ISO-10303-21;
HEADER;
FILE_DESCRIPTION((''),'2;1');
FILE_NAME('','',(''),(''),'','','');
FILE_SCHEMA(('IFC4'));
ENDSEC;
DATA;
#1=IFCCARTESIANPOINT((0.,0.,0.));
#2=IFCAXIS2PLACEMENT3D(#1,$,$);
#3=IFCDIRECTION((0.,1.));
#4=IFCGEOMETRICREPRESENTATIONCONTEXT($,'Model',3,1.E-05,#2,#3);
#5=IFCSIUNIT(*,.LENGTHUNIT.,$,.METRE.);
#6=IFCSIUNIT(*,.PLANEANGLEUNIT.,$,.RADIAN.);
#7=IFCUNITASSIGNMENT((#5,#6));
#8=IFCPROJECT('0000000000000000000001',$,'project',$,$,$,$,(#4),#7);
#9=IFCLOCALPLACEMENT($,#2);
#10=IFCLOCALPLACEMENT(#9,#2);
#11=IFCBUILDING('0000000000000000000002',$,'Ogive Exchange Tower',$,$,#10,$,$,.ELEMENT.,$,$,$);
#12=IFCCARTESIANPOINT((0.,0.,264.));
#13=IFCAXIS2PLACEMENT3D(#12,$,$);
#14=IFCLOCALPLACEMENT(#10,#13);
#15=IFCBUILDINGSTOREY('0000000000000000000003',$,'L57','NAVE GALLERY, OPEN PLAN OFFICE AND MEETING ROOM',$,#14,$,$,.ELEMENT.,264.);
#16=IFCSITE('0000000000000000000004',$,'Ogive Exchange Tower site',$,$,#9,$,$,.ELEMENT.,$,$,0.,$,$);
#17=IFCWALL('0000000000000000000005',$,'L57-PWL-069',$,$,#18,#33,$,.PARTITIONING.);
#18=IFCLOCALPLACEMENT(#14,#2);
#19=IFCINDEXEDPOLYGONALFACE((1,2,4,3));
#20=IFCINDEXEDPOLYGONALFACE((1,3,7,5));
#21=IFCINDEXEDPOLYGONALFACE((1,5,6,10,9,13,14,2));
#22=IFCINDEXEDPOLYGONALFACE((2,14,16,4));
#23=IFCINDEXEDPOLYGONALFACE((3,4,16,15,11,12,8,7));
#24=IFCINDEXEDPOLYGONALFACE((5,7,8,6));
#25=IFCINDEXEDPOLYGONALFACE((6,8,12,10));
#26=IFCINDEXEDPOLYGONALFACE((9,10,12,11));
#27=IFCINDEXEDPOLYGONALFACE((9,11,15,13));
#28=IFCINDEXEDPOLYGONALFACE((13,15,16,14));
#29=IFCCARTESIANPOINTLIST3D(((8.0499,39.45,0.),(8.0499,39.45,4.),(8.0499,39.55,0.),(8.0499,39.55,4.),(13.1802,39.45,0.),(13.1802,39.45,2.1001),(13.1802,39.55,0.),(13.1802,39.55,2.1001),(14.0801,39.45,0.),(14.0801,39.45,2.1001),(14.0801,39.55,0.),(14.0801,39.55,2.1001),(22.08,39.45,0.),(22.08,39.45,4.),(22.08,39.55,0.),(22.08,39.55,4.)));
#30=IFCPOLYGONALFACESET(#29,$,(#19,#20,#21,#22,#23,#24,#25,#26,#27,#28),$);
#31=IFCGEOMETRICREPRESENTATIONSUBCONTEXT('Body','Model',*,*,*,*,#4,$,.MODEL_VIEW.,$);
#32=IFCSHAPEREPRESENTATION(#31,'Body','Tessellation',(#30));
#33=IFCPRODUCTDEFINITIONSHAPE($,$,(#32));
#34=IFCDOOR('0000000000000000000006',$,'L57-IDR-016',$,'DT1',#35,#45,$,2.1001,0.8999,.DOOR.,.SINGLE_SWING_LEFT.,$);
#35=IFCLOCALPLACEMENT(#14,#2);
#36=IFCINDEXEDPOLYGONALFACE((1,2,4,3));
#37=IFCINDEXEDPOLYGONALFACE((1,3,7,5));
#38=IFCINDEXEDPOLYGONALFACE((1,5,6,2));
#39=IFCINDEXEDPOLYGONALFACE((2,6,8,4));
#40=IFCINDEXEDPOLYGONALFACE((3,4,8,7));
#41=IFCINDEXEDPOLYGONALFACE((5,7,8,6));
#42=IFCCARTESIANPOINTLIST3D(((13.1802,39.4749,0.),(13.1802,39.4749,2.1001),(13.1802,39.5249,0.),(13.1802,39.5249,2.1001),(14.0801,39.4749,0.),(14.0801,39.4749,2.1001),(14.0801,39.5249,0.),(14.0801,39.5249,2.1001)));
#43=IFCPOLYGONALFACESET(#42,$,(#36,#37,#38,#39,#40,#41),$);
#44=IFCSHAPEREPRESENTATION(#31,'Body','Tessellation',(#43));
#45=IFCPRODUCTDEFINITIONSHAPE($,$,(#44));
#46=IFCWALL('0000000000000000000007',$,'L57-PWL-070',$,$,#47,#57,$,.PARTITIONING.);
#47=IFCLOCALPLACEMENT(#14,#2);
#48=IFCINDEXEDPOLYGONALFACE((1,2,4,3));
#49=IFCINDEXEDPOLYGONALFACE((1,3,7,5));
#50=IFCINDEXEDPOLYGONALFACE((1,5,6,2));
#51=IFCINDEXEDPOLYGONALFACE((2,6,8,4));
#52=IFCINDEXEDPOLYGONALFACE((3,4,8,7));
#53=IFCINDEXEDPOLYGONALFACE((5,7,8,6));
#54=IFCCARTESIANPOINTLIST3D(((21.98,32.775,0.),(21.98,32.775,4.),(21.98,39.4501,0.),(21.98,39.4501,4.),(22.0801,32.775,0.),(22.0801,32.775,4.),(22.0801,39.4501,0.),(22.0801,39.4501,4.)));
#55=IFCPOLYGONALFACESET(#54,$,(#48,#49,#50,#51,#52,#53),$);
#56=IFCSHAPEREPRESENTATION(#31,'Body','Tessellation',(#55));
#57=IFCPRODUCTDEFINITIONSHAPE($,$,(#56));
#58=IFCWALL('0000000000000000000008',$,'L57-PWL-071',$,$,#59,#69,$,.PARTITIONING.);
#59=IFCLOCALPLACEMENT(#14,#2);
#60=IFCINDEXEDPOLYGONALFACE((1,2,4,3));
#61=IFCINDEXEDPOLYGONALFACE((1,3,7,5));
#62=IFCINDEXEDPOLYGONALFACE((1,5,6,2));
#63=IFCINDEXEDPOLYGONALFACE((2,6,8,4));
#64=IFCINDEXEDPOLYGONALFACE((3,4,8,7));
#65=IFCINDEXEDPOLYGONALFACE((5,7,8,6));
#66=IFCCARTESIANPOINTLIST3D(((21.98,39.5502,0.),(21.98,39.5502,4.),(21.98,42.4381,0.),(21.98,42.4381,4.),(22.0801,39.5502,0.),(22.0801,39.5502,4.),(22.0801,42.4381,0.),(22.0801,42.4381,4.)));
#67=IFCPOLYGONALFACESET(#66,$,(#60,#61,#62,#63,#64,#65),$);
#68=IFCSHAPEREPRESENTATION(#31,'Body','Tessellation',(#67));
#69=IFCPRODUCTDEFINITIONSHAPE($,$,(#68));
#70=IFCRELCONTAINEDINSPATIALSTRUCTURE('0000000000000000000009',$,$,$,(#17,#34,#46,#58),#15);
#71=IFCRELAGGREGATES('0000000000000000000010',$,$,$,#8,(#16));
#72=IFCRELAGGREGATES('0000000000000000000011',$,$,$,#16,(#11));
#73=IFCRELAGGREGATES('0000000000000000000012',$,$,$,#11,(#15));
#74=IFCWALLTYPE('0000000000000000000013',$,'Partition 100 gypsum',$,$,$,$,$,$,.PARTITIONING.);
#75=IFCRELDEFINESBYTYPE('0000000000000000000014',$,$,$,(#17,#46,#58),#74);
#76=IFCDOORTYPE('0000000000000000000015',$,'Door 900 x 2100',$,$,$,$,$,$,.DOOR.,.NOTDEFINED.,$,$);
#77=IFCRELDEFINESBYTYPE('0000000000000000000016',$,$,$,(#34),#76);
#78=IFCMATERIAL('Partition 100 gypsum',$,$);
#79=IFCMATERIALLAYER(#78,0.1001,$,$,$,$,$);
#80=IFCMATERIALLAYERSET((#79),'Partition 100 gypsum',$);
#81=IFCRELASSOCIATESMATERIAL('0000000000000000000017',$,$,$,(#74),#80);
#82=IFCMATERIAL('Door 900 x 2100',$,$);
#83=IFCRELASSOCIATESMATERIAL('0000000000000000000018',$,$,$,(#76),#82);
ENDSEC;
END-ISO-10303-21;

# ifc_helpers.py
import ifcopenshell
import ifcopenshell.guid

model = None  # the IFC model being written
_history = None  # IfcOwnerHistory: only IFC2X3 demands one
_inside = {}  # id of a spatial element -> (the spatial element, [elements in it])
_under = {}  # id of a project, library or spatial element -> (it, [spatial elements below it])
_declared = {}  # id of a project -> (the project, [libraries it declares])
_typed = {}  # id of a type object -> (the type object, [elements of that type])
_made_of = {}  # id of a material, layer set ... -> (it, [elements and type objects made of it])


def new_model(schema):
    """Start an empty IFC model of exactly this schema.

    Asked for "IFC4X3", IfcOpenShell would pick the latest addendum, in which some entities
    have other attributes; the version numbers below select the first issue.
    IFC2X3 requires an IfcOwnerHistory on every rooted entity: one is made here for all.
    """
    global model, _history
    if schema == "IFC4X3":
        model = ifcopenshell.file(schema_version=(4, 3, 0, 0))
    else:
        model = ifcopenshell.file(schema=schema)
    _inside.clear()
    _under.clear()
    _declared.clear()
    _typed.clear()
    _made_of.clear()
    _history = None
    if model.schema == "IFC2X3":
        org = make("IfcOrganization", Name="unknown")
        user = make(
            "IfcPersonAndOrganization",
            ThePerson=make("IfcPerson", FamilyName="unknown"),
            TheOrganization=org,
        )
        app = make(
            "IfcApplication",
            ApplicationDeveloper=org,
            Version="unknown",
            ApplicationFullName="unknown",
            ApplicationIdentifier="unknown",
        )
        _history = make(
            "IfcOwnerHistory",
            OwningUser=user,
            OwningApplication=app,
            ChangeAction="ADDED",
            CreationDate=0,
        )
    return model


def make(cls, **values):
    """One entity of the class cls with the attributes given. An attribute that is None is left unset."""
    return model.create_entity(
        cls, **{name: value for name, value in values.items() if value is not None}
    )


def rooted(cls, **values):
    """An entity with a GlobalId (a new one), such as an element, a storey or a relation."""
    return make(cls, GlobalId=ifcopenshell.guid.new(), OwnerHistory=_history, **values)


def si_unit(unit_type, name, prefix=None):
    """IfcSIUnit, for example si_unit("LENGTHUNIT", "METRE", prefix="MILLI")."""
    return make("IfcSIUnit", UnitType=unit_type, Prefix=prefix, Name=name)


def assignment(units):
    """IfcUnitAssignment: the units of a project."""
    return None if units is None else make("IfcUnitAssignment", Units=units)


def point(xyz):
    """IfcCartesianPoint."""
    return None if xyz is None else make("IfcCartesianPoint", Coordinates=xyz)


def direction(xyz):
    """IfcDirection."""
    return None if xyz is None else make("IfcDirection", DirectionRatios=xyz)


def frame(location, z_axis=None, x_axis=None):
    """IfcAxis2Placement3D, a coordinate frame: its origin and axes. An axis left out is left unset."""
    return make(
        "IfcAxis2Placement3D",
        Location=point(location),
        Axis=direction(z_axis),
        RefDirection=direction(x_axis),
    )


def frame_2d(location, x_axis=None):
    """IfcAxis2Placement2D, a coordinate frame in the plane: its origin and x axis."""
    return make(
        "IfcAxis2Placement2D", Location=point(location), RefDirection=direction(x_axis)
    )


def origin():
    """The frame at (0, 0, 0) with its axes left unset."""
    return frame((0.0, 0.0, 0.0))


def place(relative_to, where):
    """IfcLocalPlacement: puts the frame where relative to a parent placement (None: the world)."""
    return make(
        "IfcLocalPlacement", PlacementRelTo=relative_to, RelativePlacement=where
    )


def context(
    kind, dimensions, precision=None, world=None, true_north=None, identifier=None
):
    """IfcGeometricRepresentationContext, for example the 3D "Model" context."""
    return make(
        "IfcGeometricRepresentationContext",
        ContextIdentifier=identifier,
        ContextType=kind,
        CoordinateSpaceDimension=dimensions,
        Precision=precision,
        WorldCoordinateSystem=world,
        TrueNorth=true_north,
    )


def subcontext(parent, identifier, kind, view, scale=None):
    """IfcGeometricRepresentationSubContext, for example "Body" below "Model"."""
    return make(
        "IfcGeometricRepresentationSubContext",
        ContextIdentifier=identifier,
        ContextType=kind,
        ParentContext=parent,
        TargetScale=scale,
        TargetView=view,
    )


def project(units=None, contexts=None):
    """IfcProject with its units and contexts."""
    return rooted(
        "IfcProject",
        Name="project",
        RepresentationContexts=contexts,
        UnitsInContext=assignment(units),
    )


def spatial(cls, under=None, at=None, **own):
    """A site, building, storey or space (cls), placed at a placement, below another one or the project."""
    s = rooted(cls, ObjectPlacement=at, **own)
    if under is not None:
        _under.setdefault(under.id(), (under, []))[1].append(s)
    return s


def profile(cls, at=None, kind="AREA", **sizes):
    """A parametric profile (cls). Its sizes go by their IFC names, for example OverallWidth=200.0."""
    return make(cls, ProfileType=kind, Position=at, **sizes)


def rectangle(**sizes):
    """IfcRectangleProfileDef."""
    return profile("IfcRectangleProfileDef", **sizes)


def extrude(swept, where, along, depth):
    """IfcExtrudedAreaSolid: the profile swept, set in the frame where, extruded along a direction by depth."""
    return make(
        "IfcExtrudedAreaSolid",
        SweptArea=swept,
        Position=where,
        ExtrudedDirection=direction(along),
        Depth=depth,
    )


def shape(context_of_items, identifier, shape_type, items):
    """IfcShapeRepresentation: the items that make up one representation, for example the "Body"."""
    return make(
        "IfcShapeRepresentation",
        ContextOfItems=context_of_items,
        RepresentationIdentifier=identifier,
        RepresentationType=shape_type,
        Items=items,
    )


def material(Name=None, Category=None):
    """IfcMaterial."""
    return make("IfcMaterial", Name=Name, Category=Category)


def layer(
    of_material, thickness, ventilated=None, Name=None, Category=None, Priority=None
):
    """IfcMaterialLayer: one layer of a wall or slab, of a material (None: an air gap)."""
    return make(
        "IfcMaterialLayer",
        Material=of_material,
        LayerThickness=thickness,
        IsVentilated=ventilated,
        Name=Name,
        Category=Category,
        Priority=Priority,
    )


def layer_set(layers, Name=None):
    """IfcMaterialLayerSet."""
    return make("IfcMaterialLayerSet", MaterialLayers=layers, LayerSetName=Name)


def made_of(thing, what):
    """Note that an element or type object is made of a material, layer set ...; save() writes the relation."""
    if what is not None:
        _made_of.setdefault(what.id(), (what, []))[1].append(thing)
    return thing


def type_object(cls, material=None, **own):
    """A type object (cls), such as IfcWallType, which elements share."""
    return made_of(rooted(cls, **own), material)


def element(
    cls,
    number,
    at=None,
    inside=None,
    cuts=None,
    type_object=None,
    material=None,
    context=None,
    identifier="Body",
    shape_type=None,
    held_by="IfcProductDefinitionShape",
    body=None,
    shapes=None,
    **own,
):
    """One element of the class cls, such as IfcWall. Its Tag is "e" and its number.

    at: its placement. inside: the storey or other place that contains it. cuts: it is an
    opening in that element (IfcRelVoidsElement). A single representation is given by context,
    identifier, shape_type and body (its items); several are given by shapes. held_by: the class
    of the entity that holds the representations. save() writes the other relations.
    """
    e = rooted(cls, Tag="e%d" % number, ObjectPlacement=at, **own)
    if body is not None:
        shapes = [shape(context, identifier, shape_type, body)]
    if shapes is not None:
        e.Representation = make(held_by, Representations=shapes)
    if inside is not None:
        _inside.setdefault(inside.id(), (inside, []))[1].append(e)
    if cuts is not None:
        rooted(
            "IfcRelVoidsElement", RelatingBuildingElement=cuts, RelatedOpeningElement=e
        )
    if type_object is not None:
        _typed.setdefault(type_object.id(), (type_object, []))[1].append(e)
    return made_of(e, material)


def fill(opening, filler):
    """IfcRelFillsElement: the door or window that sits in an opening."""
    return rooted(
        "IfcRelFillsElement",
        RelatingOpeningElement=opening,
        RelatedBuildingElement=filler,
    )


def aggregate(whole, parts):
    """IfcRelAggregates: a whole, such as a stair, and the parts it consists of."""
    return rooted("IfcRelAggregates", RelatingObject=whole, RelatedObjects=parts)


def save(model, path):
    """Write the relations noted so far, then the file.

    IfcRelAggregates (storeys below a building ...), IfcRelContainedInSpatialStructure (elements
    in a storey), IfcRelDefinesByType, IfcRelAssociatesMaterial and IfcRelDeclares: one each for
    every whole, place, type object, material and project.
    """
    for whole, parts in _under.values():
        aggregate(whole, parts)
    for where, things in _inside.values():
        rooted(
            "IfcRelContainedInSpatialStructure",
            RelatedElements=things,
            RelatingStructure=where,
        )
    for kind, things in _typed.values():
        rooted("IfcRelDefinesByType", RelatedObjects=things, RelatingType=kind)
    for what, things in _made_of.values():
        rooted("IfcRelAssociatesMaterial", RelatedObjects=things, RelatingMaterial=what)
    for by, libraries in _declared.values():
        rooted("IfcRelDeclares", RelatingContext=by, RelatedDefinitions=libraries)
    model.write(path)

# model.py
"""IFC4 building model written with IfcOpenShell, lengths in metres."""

from ifc_helpers import new_model, si_unit, direction, frame, frame_2d, origin, place, context, subcontext, project, spatial, rectangle, extrude, material, layer, layer_set, type_object, element, fill, save


model = new_model("IFC4")

# Units and contexts
model_context = context("Model", 3, precision=1e-05, world=origin(), true_north=direction((0.0, 1.0)))
body_context = subcontext(model_context, "Body", "Model", "MODEL_VIEW")
ifc_project = project(units=[si_unit("LENGTHUNIT", "METRE"), si_unit("PLANEANGLEUNIT", "RADIAN")], contexts=[model_context])

# Site, building, storey
site_placement = place(None, origin())
site = spatial("IfcSite", under=ifc_project, at=site_placement, Name="Ogive Exchange Tower site", CompositionType="ELEMENT", RefElevation=0.0)
building_placement = place(site_placement, origin())
building = spatial("IfcBuilding", under=site, at=building_placement, Name="Ogive Exchange Tower", CompositionType="ELEMENT")
storey_placement = place(building_placement, frame((0.0, 0.0, 264.0)))
storey = spatial("IfcBuildingStorey", under=building, at=storey_placement, Name="L57", Description="NAVE GALLERY, OPEN PLAN OFFICE AND MEETING ROOM", CompositionType="ELEMENT", Elevation=264.0)

# Wall, opening, door
ifc_material_1 = material(Name="Partition 100 gypsum")
ifc_layer_1 = layer(ifc_material_1, 0.1001)
ifc_layer_set_1 = layer_set([ifc_layer_1], Name="Partition 100 gypsum")
wall_type_1 = type_object("IfcWallType", Name="Partition 100 gypsum", PredefinedType="PARTITIONING", material=ifc_layer_set_1)
wall_1_placement = place(storey_placement, frame((22.0801, 39.5, 0.0), z_axis=(0.0, 0.0, 1.0), x_axis=(-1.0, 0.0, 0.0)))
wall_1 = element("IfcWall", 1, at=wall_1_placement, inside=storey, type_object=wall_type_1, Name="L57-PWL-069", PredefinedType="PARTITIONING", context=body_context, shape_type="SweptSolid", body=[
    extrude(rectangle(XDim=14.03, YDim=0.1001, at=frame_2d((7.0151, 0.0))), origin(), (0.0, 0.0, 1.0), 4.0),
])
opening_1_placement = place(wall_1_placement, frame((8.0, 0.0, 0.0)))
opening_1 = element("IfcOpeningElement", 2, at=opening_1_placement, cuts=wall_1, PredefinedType="OPENING", context=body_context, shape_type="SweptSolid", body=[
    extrude(rectangle(XDim=0.8999, YDim=2.1001, at=frame_2d((0.45, 1.05))), frame((0.0, 0.0601, 0.0), z_axis=(0.0, -1.0, 0.0), x_axis=(1.0, 0.0, 0.0)), (0.0, 0.0, 1.0), 0.1201),
])
ifc_material_2 = material(Name="Door 900 x 2100")
door_type_1 = type_object("IfcDoorType", Name="Door 900 x 2100", OperationType="NOTDEFINED", PredefinedType="DOOR", material=ifc_material_2)
door_1_placement = place(opening_1_placement, frame((0.8999, 0.0, 0.0), z_axis=(0.0, 0.0, 1.0), x_axis=(-1.0, 0.0, 0.0)))
door_1 = element("IfcDoor", 3, at=door_1_placement, inside=storey, type_object=door_type_1, Name="L57-IDR-016", ObjectType="DT1", OperationType="SINGLE_SWING_LEFT", OverallHeight=2.1001, OverallWidth=0.8999, PredefinedType="DOOR", context=body_context, shape_type="SweptSolid", body=[
    extrude(rectangle(XDim=0.8999, YDim=2.1001, at=frame_2d((0.45, 1.05))), frame((0.0, 0.0249, 0.0), z_axis=(0.0, -1.0, 0.0), x_axis=(1.0, 0.0, 0.0)), (0.0, 0.0, 1.0), 0.05),
])
fill(opening_1, door_1)

# Walls
wall_2_placement = place(storey_placement, frame((22.03, 39.45, 0.0), z_axis=(0.0, 0.0, 1.0), x_axis=(0.0, -1.0, 0.0)))
element("IfcWall", 4, at=wall_2_placement, inside=storey, type_object=wall_type_1, Name="L57-PWL-070", PredefinedType="PARTITIONING", context=body_context, shape_type="SweptSolid", body=[
    extrude(rectangle(XDim=6.675, YDim=0.1001, at=frame_2d((3.3374, 0.0))), origin(), (0.0, 0.0, 1.0), 4.0),
])
wall_3_placement = place(storey_placement, frame((22.03, 42.438, 0.0), z_axis=(0.0, 0.0, 1.0), x_axis=(0.0, -1.0, 0.0)))
element("IfcWall", 5, at=wall_3_placement, inside=storey, type_object=wall_type_1, Name="L57-PWL-071", PredefinedType="PARTITIONING", context=body_context, shape_type="SweptSolid", body=[
    extrude(rectangle(XDim=2.8879, YDim=0.1001, at=frame_2d((1.4438, 0.0))), origin(), (0.0, 0.0, 1.0), 4.0),
])

save(model, "model.ifc")
